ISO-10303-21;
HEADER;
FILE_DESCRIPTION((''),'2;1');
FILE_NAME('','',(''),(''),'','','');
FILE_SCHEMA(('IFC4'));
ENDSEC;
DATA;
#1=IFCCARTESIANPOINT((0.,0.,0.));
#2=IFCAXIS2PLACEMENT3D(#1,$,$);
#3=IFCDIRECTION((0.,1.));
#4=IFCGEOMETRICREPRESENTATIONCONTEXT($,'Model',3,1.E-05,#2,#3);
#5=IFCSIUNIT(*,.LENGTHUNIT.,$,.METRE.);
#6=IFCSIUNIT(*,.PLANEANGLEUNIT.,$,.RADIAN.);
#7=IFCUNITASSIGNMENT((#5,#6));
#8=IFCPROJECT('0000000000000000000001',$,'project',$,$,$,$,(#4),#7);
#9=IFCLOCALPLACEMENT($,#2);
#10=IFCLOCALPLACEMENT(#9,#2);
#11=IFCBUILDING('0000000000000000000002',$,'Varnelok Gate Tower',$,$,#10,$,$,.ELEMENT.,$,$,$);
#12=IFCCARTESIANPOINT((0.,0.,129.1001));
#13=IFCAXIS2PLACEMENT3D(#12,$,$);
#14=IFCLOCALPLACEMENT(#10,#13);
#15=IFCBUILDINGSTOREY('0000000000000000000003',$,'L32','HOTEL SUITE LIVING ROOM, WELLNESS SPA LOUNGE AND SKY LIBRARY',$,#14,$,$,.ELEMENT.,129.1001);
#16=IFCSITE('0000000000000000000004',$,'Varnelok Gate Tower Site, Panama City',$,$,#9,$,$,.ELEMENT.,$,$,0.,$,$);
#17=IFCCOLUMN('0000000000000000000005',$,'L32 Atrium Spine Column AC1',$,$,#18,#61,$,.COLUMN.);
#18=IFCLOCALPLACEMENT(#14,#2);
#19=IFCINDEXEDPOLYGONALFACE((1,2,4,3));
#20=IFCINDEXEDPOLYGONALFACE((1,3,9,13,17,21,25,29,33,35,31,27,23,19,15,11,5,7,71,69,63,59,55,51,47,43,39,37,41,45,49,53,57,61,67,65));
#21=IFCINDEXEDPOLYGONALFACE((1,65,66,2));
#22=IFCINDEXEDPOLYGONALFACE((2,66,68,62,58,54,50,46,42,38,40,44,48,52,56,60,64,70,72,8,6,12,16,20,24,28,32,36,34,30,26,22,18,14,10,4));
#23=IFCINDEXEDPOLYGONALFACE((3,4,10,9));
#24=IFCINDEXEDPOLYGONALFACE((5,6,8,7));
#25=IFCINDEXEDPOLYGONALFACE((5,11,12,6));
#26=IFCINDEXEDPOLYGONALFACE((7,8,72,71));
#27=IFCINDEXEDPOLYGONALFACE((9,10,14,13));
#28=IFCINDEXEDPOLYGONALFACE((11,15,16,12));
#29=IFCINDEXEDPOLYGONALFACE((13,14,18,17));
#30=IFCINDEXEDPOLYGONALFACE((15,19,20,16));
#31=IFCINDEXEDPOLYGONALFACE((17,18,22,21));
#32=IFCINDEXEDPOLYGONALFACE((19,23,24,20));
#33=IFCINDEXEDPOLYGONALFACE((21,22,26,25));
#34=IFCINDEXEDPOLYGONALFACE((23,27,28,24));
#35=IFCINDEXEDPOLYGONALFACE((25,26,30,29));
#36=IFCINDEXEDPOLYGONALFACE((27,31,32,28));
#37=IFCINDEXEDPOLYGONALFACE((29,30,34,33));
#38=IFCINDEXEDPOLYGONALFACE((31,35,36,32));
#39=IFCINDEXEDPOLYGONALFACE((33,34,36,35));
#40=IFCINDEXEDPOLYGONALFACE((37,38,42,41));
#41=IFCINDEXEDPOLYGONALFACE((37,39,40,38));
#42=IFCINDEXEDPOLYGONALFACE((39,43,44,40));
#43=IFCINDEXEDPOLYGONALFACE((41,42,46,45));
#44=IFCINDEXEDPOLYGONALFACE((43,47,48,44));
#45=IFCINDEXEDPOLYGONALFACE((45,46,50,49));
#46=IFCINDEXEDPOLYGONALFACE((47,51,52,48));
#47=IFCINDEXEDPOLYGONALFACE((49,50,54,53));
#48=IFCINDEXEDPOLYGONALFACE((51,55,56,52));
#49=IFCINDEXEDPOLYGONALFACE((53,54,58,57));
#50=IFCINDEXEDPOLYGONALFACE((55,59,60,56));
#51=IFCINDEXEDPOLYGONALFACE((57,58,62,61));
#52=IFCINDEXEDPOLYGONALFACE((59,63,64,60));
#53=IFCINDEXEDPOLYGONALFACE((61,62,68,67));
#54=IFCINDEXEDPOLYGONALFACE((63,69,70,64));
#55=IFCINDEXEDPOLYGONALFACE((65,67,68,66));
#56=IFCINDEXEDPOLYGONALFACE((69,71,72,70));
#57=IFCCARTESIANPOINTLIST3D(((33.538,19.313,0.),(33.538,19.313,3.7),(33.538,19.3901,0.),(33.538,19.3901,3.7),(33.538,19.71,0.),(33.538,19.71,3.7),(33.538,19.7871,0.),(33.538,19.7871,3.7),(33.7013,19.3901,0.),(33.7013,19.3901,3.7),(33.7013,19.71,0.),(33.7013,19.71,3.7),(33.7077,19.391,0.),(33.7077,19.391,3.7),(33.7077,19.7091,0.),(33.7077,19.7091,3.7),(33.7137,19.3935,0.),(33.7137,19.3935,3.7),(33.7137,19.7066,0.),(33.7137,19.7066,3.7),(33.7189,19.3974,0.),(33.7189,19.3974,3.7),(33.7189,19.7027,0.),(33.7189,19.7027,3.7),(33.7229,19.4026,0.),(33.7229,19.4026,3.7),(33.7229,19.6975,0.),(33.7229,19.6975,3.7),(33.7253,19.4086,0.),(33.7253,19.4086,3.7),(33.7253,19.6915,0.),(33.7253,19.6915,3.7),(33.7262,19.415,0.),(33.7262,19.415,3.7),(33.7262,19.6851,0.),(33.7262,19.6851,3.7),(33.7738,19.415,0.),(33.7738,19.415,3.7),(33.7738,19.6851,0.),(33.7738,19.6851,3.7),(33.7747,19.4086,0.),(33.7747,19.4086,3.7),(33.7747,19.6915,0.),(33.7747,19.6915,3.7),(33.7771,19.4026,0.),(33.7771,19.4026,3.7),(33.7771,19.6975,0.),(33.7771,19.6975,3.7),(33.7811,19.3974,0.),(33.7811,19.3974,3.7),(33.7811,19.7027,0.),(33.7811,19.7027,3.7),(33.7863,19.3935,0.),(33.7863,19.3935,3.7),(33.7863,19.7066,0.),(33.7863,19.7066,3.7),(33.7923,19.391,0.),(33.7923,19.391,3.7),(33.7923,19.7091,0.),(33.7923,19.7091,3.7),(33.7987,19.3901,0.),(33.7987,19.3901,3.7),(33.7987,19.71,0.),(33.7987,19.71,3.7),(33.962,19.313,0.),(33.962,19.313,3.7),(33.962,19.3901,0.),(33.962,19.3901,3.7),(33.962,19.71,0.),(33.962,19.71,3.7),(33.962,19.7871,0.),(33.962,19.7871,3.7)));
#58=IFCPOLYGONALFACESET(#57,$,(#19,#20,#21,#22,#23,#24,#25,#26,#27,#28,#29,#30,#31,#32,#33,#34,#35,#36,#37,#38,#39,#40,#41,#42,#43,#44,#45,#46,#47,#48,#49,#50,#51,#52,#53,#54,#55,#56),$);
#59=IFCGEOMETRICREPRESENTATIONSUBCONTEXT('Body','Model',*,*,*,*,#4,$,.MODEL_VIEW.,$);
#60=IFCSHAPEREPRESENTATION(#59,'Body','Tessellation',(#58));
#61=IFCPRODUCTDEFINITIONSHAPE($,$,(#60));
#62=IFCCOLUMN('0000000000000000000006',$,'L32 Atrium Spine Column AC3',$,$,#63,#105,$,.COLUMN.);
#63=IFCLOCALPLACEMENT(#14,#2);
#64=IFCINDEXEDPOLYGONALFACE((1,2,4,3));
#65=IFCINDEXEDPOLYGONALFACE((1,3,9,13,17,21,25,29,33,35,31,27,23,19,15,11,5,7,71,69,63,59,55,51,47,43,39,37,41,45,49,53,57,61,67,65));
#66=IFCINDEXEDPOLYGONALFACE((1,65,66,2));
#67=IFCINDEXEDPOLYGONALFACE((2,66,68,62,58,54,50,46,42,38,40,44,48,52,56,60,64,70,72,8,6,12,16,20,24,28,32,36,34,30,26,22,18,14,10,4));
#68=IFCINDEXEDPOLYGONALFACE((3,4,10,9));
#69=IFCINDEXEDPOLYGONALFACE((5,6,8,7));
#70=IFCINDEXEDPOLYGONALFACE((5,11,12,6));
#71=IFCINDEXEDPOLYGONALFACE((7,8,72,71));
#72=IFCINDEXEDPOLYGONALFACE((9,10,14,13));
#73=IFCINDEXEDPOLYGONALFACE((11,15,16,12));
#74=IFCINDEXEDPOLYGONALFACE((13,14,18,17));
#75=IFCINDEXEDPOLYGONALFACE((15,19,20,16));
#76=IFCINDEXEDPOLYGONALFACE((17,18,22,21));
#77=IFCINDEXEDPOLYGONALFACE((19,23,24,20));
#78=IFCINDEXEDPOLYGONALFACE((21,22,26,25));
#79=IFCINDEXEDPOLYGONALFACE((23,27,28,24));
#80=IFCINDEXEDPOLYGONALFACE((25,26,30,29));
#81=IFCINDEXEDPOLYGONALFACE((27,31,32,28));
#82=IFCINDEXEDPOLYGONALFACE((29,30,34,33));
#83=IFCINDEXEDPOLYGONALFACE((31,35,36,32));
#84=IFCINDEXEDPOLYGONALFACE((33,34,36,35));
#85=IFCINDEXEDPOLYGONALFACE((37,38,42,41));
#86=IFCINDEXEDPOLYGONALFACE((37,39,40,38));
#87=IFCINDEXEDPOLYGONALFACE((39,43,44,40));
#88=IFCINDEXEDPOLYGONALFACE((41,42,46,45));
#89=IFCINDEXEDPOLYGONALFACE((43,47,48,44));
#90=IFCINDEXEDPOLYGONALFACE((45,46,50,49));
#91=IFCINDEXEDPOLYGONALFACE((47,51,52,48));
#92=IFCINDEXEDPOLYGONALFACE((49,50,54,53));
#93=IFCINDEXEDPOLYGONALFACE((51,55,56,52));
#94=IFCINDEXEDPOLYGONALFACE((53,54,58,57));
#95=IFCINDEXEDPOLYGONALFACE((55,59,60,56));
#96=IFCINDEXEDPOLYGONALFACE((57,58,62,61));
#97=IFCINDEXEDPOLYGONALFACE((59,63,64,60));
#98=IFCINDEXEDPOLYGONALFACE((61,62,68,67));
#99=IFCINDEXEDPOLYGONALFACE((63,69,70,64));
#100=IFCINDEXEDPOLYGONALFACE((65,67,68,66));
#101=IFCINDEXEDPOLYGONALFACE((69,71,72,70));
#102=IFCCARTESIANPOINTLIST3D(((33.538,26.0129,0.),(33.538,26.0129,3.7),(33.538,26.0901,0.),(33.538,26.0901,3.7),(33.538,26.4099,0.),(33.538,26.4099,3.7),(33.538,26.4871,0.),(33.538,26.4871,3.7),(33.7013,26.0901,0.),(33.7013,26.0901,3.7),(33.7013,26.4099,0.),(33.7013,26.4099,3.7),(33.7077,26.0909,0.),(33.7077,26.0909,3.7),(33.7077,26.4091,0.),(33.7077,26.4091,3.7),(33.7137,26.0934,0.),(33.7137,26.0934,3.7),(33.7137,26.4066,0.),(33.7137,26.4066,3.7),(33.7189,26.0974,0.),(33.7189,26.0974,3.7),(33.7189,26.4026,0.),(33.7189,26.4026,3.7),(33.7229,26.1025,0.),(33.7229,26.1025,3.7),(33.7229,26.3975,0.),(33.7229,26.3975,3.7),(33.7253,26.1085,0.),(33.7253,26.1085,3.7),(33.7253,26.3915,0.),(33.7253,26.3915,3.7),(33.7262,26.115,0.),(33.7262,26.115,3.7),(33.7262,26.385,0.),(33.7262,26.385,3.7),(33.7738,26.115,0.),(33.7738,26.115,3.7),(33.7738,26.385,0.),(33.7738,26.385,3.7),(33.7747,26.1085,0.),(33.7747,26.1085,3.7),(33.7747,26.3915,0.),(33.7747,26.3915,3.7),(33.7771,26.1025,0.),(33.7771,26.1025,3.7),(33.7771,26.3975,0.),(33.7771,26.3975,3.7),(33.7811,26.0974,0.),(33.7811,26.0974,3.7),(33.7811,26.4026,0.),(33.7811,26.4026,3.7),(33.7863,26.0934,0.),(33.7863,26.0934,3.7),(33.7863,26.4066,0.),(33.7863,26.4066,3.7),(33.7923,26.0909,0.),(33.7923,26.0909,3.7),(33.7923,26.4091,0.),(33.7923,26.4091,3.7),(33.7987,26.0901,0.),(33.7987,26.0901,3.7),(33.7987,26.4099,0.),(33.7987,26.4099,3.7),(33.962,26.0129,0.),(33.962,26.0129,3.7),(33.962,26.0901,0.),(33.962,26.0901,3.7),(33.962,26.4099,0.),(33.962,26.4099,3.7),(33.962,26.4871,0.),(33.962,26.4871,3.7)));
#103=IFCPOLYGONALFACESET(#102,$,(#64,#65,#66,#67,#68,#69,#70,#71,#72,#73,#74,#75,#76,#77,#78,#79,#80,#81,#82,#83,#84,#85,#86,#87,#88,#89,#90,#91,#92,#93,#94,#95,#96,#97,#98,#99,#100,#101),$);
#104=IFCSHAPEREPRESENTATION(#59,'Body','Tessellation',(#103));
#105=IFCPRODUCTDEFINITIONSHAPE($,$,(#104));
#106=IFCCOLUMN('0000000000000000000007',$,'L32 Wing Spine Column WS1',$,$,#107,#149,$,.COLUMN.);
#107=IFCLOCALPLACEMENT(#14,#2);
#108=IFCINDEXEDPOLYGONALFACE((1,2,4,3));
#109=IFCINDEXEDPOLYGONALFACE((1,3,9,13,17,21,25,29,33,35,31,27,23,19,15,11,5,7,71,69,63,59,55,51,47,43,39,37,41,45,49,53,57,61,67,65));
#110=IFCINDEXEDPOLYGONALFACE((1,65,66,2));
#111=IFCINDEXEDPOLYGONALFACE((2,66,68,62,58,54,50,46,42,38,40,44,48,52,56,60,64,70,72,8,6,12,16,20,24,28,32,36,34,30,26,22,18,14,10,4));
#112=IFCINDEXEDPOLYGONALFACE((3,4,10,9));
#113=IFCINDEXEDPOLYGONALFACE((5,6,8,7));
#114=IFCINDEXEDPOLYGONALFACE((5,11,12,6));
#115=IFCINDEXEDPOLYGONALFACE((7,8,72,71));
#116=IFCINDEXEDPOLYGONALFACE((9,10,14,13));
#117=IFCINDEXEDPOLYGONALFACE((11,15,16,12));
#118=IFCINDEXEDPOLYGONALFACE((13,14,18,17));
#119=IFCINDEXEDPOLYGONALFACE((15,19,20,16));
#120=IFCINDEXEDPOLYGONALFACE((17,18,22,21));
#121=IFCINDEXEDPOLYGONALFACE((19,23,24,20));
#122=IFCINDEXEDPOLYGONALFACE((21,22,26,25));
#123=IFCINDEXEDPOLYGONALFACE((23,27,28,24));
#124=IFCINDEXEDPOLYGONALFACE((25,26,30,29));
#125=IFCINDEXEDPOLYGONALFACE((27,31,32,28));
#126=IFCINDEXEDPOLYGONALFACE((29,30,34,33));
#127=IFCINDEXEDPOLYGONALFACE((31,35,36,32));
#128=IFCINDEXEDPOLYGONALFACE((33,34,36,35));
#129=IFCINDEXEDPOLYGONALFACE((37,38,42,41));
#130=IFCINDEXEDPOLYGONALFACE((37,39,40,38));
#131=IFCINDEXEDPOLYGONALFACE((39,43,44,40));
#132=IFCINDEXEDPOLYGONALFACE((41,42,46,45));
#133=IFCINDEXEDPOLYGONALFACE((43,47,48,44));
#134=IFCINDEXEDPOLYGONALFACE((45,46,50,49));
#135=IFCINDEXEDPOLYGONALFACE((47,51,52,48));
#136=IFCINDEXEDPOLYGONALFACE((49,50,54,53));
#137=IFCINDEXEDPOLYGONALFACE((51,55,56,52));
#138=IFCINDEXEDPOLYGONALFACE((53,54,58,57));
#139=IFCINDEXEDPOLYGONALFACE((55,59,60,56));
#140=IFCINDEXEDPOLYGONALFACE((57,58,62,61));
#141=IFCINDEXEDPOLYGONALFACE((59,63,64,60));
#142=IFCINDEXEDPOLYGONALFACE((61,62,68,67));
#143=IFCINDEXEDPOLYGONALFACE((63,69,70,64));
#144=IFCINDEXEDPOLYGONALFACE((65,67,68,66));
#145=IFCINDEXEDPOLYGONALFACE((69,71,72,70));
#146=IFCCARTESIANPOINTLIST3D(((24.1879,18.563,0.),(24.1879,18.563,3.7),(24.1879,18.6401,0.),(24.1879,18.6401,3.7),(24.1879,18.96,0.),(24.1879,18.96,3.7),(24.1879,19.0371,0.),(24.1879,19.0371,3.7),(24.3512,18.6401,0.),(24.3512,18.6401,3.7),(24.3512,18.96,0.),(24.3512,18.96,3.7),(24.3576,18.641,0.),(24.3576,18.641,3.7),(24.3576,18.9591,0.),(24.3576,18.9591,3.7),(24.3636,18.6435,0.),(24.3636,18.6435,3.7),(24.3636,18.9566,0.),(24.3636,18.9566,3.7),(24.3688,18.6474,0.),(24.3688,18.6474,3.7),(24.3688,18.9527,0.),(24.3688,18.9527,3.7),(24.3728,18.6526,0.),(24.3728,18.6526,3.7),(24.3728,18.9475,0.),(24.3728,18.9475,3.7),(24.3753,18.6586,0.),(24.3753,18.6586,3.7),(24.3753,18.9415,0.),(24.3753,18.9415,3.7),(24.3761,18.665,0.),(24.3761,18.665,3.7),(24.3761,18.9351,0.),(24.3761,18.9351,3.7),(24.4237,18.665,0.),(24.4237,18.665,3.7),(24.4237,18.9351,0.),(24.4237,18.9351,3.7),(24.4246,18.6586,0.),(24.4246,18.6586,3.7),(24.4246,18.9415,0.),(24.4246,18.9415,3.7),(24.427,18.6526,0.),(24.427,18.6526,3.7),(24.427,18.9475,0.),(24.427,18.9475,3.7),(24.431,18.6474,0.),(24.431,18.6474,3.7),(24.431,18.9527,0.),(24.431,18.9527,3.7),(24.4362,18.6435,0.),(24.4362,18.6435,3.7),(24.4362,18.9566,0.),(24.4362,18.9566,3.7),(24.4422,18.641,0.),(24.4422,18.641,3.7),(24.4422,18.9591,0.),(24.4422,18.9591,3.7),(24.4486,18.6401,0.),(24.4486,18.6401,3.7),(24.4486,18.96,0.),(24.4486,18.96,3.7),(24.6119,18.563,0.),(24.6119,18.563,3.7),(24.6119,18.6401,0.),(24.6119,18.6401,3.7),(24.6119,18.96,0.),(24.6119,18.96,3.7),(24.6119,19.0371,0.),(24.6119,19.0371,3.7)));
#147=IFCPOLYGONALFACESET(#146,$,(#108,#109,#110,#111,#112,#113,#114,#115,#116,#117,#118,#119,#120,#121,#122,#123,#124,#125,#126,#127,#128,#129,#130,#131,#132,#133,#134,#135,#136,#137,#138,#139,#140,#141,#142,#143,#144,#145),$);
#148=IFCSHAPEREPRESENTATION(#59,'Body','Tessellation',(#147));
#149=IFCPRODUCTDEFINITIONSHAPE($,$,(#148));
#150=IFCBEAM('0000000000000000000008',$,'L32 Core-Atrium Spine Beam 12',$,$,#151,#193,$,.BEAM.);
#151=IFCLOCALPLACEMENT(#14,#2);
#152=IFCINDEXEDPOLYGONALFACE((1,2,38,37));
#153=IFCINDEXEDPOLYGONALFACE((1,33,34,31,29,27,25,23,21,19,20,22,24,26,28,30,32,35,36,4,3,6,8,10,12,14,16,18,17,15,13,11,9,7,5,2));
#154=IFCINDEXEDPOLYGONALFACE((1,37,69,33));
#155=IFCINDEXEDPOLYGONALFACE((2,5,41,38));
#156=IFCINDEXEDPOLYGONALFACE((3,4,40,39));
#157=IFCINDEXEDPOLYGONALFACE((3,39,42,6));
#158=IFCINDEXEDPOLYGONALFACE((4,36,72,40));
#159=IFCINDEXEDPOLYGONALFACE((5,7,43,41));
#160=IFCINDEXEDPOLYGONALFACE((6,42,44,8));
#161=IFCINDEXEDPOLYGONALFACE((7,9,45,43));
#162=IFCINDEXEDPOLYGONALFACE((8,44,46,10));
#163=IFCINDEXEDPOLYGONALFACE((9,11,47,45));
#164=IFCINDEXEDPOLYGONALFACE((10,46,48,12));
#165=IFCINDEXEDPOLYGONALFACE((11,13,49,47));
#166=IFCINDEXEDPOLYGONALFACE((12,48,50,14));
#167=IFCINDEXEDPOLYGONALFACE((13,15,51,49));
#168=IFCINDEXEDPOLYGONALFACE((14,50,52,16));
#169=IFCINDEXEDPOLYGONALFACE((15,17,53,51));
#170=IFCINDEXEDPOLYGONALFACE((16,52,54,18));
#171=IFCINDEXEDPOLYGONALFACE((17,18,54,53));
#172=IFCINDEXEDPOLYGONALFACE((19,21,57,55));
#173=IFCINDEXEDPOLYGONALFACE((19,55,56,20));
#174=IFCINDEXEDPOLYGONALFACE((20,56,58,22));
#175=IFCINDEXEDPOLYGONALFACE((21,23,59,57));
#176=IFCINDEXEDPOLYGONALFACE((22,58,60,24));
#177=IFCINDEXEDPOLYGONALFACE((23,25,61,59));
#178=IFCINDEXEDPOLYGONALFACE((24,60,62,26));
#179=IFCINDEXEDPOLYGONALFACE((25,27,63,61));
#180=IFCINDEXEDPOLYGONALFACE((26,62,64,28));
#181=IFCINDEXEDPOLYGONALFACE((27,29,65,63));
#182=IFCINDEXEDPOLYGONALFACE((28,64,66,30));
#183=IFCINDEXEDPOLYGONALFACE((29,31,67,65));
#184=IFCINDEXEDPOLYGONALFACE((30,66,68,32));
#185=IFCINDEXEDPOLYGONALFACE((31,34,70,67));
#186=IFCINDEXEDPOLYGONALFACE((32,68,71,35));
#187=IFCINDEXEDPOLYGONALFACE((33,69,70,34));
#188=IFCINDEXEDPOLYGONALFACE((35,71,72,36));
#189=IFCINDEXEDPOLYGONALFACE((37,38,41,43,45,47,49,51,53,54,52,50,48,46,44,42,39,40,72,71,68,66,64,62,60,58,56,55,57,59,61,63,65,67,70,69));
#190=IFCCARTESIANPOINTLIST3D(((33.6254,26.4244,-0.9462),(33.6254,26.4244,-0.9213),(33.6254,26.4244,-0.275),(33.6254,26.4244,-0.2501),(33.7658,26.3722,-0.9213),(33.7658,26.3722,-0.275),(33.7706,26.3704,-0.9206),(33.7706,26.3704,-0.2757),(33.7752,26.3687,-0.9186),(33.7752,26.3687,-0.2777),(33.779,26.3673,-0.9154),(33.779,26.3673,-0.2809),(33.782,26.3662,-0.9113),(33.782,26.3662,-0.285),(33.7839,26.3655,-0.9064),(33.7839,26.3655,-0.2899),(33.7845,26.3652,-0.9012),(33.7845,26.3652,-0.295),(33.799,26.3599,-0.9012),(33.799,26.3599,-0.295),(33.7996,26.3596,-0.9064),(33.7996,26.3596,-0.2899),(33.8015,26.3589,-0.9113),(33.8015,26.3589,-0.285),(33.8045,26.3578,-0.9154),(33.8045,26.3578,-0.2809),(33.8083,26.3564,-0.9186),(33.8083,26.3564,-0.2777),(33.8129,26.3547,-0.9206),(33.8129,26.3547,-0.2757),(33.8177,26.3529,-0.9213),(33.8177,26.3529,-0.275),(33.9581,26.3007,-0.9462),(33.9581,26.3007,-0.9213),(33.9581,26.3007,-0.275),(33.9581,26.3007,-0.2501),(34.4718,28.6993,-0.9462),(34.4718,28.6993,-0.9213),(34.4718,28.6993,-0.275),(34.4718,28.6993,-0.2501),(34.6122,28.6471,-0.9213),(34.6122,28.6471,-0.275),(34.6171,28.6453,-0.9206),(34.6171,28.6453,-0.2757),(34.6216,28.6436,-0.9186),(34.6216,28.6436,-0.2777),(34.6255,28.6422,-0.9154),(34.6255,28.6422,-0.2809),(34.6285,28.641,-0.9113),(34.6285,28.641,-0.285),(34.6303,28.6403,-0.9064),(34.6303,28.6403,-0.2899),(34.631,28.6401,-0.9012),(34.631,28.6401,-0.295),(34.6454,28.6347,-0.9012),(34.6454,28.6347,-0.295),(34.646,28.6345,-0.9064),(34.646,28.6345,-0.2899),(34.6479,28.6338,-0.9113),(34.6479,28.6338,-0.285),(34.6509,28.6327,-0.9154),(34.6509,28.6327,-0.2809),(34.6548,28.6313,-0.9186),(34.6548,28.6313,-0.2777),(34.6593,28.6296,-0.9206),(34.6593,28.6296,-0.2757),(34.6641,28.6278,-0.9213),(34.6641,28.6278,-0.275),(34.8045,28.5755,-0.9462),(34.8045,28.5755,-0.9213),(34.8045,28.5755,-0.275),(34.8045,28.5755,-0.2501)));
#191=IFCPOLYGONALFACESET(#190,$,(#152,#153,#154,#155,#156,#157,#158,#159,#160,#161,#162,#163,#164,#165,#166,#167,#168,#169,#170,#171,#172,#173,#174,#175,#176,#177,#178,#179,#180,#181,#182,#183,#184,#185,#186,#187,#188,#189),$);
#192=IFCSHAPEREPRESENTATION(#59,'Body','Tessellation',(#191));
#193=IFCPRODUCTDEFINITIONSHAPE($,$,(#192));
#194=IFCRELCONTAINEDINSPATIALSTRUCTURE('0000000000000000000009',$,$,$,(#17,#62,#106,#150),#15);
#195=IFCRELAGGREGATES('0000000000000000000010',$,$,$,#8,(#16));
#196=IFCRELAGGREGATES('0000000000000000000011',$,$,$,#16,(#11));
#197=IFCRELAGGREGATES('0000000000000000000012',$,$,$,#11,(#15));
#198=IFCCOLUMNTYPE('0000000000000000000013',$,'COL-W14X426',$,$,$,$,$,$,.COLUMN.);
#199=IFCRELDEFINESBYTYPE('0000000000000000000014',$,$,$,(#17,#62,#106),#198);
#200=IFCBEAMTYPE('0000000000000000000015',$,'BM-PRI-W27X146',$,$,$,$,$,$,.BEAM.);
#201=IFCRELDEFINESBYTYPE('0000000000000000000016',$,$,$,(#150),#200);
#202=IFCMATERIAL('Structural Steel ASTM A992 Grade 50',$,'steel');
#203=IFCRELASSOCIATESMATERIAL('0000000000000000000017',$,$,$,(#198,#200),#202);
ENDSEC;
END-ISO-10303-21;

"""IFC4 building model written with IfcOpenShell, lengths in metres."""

from ifc_helpers import new_model, si_unit, direction, frame, origin, origin_2d, place, context, subcontext, project, spatial, i_section, extrude, material, material_profile, profile_set, type_object, element, save


model = new_model("IFC4")

# Units and contexts
model_context = context("Model", 3, precision=1e-05, world=origin(), true_north=direction((0.0, 1.0)))
body_context = subcontext(model_context, "Body", "Model", "MODEL_VIEW")
ifc_project = project(units=[si_unit("LENGTHUNIT", "METRE"), si_unit("PLANEANGLEUNIT", "RADIAN")], contexts=[model_context])

# Site, building, storey
site_placement = place(None, origin())
site = spatial("IfcSite", under=ifc_project, at=site_placement, Name="Varnelok Gate Tower Site, Panama City", CompositionType="ELEMENT", RefElevation=0.0)
building_placement = place(site_placement, origin())
building = spatial("IfcBuilding", under=site, at=building_placement, Name="Varnelok Gate Tower", CompositionType="ELEMENT")
storey_placement = place(building_placement, frame((0.0, 0.0, 129.1001)))
storey = spatial("IfcBuildingStorey", under=building, at=storey_placement, Name="L32", Description="HOTEL SUITE LIVING ROOM, WELLNESS SPA LOUNGE AND SKY LIBRARY", CompositionType="ELEMENT", Elevation=129.1001)

# Columns
ifc_material_1 = material(Name="Structural Steel ASTM A992 Grade 50", Category="steel")
ifc_material_profile_1 = material_profile(ifc_material_1, i_section(OverallWidth=0.4241, OverallDepth=0.4741, WebThickness=0.0476, FlangeThickness=0.0771, FilletRadius=0.0249, at=origin_2d()), Name="W14X426")
ifc_profile_set_1 = profile_set([ifc_material_profile_1], Name="Structural Steel ASTM A992 Grade 50")
column_type = type_object("IfcColumnType", Name="COL-W14X426", PredefinedType="COLUMN", material=ifc_profile_set_1)
for number, where, z_axis, x_axis, name in (
    (1, (33.75, 19.55, 0.0), (0.0, 0.0, 1.0), (1.0, 0.0, 0.0), "L32 Atrium Spine Column AC1"),
    (2, (33.75, 26.25, 0.0), (0.0, 0.0, 1.0), (1.0, 0.0, 0.0), "L32 Atrium Spine Column AC3"),
    (3, (24.3999, 18.8, 0.0), (0.0, 0.0, 1.0), (1.0, 0.0, 0.0), "L32 Wing Spine Column WS1"),
):
    element("IfcColumn", number, at=place(storey_placement, frame(where, z_axis=z_axis, x_axis=x_axis)), inside=storey, type_object=column_type, Name=name, PredefinedType="COLUMN", context=body_context, shape_type="SweptSolid", body=[
        extrude(i_section(OverallWidth=0.4241, OverallDepth=0.4741, WebThickness=0.0476, FlangeThickness=0.0771, FilletRadius=0.0249, at=origin_2d()), origin(), (0.0, 0.0, 1.0), 3.7),
    ])

# Beam
ifc_material_profile_2 = material_profile(ifc_material_1, i_section(OverallWidth=0.355, OverallDepth=0.696, WebThickness=0.0154, FlangeThickness=0.0249, FilletRadius=0.02, at=origin_2d()), Name="W27X146")
ifc_profile_set_2 = profile_set([ifc_material_profile_2], Name="Structural Steel ASTM A992 Grade 50")
beam_type_1 = type_object("IfcBeamType", Name="BM-PRI-W27X146", PredefinedType="BEAM", material=ifc_profile_set_2)
beam_1_placement = place(storey_placement, frame((33.7917, 26.3625, -0.5981), z_axis=(0.348719, 0.937227, 0.0), x_axis=(-0.937227, 0.348719, 0.0)))
element("IfcBeam", 4, at=beam_1_placement, inside=storey, type_object=beam_type_1, Name="L32 Core-Atrium Spine Beam 12", PredefinedType="BEAM", context=body_context, shape_type="SweptSolid", body=[
    extrude(i_section(OverallWidth=0.355, OverallDepth=0.696, WebThickness=0.0154, FlangeThickness=0.0249, FilletRadius=0.02, at=origin_2d()), origin(), (0.0, 0.0, 1.0), 2.4272),
])

save(model, "model.ifc")
